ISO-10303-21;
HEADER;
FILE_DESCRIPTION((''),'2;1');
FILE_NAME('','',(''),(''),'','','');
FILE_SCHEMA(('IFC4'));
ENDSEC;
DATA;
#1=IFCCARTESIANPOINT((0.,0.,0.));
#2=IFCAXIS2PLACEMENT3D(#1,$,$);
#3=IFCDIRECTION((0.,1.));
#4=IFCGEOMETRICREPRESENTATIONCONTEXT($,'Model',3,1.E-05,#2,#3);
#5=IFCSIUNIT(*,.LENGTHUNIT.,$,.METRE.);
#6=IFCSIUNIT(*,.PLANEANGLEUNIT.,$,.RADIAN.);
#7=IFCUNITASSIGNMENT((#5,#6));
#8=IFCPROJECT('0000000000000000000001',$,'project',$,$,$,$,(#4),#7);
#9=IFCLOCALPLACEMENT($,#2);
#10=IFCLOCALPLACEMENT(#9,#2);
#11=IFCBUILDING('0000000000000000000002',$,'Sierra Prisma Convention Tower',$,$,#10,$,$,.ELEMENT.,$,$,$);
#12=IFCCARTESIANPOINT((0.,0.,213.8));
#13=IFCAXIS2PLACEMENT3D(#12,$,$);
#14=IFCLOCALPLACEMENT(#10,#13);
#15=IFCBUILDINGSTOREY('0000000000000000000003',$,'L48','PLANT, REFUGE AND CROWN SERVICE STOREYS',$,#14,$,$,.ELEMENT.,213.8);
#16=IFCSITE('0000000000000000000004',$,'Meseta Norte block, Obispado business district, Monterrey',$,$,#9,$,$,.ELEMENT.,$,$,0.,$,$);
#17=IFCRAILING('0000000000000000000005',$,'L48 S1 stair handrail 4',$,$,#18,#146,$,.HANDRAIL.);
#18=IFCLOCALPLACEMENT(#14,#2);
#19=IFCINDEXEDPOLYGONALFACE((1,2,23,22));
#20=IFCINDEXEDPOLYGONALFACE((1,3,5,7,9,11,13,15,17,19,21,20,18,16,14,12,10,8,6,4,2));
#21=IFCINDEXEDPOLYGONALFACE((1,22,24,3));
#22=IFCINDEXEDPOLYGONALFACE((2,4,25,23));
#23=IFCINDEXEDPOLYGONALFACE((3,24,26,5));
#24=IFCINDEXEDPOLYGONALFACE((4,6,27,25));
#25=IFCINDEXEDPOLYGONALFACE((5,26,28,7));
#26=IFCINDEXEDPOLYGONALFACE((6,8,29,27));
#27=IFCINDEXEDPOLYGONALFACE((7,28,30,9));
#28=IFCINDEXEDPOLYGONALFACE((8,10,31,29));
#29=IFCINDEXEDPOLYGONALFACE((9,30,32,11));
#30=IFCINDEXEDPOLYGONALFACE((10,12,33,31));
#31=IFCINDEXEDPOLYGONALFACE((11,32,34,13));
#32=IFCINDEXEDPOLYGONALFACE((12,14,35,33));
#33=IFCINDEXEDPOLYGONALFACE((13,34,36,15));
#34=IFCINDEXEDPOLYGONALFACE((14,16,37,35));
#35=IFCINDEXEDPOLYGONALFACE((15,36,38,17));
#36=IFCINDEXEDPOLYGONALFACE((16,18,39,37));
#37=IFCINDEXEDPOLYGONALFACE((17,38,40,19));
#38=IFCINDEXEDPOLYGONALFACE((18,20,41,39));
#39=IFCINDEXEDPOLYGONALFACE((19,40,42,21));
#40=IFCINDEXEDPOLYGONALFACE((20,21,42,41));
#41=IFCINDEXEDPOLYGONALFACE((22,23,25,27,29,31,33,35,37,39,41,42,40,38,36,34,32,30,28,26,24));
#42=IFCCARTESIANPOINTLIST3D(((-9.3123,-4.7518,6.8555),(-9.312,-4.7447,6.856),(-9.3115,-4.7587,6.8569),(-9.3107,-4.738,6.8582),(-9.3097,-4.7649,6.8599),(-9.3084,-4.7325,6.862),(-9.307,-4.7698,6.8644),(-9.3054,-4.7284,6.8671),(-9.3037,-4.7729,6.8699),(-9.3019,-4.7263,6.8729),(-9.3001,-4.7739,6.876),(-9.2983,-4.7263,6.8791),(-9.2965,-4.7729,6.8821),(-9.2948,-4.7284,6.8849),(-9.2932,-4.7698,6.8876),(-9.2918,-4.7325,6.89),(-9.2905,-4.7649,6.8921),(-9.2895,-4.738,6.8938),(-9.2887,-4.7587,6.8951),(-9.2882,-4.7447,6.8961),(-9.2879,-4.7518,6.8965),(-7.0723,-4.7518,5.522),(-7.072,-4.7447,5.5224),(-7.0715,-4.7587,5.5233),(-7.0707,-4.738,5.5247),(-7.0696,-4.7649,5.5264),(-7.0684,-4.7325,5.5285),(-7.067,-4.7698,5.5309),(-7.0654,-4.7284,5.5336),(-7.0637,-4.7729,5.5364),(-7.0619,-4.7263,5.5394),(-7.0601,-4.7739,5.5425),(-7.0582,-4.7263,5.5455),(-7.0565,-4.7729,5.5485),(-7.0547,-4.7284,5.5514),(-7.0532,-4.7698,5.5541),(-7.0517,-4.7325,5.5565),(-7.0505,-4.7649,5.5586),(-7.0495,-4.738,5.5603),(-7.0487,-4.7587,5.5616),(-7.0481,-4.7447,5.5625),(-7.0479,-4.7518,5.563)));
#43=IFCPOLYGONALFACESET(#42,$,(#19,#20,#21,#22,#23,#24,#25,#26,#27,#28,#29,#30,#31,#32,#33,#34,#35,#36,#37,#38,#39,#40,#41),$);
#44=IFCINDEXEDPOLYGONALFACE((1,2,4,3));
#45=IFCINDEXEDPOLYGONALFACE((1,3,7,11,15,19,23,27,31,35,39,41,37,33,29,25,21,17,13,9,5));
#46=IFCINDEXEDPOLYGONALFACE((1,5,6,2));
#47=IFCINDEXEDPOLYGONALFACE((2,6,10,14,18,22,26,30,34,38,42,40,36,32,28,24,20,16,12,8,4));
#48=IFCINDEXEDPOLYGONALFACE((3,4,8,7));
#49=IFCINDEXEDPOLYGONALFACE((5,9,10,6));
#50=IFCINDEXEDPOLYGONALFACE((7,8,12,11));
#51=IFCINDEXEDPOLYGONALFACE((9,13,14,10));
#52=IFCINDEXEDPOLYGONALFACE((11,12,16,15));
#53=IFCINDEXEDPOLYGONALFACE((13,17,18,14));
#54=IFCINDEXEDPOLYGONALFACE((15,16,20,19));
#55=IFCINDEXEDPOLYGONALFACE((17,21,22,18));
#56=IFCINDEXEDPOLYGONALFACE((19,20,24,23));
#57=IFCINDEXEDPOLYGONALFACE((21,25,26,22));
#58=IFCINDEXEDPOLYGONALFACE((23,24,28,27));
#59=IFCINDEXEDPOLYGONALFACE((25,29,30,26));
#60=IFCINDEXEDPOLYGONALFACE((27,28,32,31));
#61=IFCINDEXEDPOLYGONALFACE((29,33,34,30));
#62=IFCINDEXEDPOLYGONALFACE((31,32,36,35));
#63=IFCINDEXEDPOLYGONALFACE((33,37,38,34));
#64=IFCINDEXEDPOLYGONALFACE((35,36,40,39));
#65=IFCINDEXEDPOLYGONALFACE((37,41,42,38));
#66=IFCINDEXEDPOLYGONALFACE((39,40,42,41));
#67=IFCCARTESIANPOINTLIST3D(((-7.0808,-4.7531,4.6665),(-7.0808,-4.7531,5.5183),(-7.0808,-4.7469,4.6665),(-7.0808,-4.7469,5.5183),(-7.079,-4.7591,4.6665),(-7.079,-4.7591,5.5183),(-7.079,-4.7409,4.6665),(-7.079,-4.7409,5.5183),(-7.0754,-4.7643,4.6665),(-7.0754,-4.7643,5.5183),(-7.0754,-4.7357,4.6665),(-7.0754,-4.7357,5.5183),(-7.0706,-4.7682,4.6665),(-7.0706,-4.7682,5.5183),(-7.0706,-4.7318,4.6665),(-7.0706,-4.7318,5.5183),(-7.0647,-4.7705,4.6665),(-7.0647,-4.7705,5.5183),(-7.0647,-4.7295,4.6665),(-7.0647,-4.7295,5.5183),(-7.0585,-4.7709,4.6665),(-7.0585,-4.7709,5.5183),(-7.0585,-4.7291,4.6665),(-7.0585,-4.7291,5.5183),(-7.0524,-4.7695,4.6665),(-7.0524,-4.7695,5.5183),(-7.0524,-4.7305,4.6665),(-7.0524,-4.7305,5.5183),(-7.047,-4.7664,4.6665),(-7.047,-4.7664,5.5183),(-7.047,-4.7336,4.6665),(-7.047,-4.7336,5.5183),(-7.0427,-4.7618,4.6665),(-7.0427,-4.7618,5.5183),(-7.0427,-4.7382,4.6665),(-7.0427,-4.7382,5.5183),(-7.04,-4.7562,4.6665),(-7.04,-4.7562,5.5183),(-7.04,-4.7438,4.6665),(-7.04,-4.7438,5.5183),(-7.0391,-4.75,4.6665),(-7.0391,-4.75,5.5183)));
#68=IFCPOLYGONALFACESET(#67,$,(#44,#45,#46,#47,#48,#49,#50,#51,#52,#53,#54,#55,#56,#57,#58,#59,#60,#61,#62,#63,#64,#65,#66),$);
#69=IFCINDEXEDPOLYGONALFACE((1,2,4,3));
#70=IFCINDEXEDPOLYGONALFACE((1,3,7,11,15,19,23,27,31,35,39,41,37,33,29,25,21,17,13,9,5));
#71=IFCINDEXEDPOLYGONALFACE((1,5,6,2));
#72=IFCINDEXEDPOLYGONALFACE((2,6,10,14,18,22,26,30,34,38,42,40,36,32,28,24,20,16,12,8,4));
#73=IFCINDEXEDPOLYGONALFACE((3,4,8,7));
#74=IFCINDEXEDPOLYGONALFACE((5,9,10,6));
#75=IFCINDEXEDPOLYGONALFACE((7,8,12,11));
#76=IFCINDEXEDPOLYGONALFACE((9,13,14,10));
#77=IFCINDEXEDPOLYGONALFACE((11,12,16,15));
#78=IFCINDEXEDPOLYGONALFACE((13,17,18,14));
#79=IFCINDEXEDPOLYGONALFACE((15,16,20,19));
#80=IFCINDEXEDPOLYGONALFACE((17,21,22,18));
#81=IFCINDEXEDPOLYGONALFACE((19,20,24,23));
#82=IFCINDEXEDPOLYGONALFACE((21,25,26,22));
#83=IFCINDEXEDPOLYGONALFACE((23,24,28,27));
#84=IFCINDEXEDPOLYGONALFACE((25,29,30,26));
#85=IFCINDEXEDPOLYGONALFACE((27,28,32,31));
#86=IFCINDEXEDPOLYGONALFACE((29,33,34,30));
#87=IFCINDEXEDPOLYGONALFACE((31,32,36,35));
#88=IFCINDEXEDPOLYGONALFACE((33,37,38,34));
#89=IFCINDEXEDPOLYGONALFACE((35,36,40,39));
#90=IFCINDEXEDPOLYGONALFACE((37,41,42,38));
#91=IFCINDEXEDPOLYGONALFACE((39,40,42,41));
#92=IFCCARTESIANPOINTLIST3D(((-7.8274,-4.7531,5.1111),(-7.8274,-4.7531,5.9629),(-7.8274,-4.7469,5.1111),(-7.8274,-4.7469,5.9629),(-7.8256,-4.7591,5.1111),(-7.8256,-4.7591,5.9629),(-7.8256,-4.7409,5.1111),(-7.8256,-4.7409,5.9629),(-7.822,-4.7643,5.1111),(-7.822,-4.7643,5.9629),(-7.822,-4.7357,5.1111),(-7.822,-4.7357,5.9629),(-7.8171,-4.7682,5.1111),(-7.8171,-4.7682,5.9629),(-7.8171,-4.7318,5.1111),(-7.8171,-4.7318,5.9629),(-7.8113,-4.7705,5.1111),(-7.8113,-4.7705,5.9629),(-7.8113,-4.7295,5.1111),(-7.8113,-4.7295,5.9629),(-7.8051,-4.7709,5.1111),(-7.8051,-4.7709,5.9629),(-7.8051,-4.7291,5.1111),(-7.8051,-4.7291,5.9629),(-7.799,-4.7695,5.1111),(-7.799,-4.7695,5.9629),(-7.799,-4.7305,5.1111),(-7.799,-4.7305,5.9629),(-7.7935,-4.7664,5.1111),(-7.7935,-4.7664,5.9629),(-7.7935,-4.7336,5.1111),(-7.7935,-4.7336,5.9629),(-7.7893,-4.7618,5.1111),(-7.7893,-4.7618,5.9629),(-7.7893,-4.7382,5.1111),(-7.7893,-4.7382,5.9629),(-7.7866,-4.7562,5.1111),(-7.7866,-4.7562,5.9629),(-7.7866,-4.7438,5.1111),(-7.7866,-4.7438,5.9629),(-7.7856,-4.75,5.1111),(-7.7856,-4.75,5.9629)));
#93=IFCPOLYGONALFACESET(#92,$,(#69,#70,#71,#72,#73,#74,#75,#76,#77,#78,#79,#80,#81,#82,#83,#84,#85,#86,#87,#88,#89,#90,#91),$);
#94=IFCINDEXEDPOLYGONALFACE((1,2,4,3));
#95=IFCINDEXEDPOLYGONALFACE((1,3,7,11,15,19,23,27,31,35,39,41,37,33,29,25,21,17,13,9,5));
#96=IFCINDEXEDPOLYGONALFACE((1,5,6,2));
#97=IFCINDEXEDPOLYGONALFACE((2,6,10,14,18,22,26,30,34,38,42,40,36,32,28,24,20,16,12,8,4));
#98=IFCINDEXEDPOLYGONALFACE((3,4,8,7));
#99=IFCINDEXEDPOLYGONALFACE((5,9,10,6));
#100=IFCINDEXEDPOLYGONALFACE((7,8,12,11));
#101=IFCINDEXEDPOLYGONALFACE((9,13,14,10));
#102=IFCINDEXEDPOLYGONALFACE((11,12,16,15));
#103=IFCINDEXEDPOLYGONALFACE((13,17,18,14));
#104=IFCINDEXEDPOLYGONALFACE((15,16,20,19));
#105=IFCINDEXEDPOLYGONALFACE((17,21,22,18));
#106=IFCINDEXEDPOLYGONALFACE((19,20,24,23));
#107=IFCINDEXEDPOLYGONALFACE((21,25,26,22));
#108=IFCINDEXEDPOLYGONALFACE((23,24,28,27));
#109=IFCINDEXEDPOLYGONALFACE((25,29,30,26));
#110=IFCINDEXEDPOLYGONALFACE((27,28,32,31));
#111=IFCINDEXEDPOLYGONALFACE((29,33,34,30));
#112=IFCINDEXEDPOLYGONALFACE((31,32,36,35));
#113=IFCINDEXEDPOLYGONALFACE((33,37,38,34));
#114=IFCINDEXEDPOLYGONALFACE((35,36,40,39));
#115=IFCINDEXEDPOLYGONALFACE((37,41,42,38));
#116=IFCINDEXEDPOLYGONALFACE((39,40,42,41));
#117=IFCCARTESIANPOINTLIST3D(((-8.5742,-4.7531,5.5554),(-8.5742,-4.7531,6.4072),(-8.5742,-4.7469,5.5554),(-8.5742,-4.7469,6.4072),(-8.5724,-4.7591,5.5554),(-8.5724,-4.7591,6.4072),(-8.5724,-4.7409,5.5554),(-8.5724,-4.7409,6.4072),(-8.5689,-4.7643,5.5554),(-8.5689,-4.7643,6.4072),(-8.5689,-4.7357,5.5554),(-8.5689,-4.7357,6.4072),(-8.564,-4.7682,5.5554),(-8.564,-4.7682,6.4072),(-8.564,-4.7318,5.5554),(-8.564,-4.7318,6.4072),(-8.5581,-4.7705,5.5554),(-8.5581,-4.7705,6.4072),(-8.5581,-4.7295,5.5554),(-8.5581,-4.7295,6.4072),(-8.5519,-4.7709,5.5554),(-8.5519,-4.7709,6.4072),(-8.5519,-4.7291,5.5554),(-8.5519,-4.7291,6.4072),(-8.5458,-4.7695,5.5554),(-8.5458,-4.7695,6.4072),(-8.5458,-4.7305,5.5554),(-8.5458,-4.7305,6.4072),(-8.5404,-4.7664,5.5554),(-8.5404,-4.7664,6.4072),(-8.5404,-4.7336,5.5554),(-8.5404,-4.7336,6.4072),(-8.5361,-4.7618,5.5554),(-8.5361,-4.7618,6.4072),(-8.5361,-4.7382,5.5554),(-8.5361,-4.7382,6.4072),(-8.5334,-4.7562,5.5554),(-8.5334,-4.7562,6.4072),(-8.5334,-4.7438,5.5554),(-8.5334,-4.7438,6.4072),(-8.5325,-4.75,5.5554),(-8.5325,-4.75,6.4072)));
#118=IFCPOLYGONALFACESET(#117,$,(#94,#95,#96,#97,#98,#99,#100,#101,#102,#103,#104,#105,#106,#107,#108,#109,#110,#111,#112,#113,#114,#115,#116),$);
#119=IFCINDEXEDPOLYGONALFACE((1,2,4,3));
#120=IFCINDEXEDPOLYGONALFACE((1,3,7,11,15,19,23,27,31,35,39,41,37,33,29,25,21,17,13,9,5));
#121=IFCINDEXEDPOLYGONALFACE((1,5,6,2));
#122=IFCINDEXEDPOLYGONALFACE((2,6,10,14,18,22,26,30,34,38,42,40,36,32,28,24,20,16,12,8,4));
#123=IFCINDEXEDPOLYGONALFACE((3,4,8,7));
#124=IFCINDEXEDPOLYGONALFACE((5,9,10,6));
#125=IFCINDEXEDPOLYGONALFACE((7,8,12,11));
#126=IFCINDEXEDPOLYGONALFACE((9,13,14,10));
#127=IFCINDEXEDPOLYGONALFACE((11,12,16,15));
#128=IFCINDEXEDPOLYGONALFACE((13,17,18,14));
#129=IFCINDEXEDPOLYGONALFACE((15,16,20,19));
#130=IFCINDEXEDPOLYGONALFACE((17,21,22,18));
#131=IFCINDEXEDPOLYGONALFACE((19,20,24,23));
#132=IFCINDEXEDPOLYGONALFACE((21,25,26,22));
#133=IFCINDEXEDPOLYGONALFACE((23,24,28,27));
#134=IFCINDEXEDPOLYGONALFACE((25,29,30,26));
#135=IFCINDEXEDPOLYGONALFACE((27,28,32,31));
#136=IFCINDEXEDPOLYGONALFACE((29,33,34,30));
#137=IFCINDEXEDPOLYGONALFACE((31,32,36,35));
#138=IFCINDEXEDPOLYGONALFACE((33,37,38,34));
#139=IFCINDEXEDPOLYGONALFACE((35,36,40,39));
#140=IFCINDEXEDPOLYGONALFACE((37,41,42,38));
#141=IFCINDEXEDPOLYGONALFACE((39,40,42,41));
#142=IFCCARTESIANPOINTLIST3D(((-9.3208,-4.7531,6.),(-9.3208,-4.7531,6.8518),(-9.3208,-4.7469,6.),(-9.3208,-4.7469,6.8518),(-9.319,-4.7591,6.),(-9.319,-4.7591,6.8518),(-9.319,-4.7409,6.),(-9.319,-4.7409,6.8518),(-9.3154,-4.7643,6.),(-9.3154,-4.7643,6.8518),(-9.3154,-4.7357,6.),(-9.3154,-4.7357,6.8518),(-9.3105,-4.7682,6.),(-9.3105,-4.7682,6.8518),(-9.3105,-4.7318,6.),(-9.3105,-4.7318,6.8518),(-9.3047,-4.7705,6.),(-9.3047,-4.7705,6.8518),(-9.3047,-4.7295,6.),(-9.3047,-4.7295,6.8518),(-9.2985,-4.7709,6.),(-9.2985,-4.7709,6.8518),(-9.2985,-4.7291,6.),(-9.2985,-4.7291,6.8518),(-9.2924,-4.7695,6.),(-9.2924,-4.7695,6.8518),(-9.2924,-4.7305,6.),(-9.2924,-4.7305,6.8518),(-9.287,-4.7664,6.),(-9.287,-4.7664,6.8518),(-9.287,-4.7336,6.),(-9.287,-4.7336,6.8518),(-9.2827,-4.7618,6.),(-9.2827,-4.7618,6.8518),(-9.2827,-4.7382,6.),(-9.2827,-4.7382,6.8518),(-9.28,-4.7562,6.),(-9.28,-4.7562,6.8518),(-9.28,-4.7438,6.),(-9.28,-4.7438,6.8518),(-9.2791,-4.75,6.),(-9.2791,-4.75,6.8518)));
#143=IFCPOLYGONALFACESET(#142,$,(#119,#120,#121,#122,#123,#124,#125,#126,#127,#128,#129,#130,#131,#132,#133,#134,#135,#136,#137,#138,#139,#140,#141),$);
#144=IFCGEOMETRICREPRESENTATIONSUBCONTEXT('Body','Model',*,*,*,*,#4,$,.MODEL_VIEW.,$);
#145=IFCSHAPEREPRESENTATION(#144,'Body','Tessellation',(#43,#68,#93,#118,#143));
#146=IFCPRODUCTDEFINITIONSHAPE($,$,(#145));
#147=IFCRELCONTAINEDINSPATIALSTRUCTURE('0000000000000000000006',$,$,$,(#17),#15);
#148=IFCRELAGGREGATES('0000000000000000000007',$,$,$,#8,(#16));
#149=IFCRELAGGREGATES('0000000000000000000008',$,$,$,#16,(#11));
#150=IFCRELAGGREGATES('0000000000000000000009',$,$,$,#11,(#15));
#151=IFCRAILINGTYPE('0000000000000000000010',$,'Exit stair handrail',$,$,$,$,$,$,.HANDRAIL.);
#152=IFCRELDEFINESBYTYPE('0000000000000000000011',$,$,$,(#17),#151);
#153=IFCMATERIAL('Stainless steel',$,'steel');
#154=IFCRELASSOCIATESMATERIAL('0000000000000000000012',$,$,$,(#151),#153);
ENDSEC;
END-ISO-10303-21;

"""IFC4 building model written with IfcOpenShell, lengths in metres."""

from ifc_helpers import new_model, si_unit, direction, frame, origin, origin_2d, place, context, subcontext, project, spatial, circle, extrude, material, type_object, element, save


model = new_model("IFC4")

# Units and contexts
model_context = context("Model", 3, precision=1e-05, world=origin(), true_north=direction((0.0, 1.0)))
body_context = subcontext(model_context, "Body", "Model", "MODEL_VIEW")
ifc_project = project(units=[si_unit("LENGTHUNIT", "METRE"), si_unit("PLANEANGLEUNIT", "RADIAN")], contexts=[model_context])

# Site, building, storey
site_placement = place(None, origin())
site = spatial("IfcSite", under=ifc_project, at=site_placement, Name="Meseta Norte block, Obispado business district, Monterrey", CompositionType="ELEMENT", RefElevation=0.0)
building_placement = place(site_placement, origin())
building = spatial("IfcBuilding", under=site, at=building_placement, Name="Sierra Prisma Convention Tower", CompositionType="ELEMENT")
storey_placement = place(building_placement, frame((0.0, 0.0, 213.8)))
storey = spatial("IfcBuildingStorey", under=building, at=storey_placement, Name="L48", Description="PLANT, REFUGE AND CROWN SERVICE STOREYS", CompositionType="ELEMENT", Elevation=213.8)

# Railing
ifc_material_1 = material(Name="Stainless steel", Category="steel")
railing_type_1 = type_object("IfcRailingType", Name="Exit stair handrail", PredefinedType="HANDRAIL", material=ifc_material_1)
for number, where, name in (
    (1, (-7.0601, -4.75, 4.6665), "L48 S1 stair handrail 4"),
):
    element("IfcRailing", number, at=place(storey_placement, frame(where)), inside=storey, type_object=railing_type_1, Name=name, PredefinedType="HANDRAIL", context=body_context, shape_type="SweptSolid", body=[
        extrude(circle(Radius=0.0239, at=origin_2d()), frame((0.0, 0.0, 0.876), z_axis=(-0.859264, 0.0, 0.511532), x_axis=(0.0, -1.0, 0.0)), (0.0, 0.0, 1.0), 2.6069),
        extrude(circle(Radius=0.021, at=origin_2d()), origin(), (0.0, 0.0, 1.0), 0.8518),
        extrude(circle(Radius=0.021, at=origin_2d()), frame((-0.7466, 0.0, 0.4446)), (0.0, 0.0, 1.0), 0.8518),
        extrude(circle(Radius=0.021, at=origin_2d()), frame((-1.4934, 0.0, 0.8889)), (0.0, 0.0, 1.0), 0.8518),
        extrude(circle(Radius=0.021, at=origin_2d()), frame((-2.24, 0.0, 1.3335)), (0.0, 0.0, 1.0), 0.8518),
    ])

save(model, "model.ifc")
